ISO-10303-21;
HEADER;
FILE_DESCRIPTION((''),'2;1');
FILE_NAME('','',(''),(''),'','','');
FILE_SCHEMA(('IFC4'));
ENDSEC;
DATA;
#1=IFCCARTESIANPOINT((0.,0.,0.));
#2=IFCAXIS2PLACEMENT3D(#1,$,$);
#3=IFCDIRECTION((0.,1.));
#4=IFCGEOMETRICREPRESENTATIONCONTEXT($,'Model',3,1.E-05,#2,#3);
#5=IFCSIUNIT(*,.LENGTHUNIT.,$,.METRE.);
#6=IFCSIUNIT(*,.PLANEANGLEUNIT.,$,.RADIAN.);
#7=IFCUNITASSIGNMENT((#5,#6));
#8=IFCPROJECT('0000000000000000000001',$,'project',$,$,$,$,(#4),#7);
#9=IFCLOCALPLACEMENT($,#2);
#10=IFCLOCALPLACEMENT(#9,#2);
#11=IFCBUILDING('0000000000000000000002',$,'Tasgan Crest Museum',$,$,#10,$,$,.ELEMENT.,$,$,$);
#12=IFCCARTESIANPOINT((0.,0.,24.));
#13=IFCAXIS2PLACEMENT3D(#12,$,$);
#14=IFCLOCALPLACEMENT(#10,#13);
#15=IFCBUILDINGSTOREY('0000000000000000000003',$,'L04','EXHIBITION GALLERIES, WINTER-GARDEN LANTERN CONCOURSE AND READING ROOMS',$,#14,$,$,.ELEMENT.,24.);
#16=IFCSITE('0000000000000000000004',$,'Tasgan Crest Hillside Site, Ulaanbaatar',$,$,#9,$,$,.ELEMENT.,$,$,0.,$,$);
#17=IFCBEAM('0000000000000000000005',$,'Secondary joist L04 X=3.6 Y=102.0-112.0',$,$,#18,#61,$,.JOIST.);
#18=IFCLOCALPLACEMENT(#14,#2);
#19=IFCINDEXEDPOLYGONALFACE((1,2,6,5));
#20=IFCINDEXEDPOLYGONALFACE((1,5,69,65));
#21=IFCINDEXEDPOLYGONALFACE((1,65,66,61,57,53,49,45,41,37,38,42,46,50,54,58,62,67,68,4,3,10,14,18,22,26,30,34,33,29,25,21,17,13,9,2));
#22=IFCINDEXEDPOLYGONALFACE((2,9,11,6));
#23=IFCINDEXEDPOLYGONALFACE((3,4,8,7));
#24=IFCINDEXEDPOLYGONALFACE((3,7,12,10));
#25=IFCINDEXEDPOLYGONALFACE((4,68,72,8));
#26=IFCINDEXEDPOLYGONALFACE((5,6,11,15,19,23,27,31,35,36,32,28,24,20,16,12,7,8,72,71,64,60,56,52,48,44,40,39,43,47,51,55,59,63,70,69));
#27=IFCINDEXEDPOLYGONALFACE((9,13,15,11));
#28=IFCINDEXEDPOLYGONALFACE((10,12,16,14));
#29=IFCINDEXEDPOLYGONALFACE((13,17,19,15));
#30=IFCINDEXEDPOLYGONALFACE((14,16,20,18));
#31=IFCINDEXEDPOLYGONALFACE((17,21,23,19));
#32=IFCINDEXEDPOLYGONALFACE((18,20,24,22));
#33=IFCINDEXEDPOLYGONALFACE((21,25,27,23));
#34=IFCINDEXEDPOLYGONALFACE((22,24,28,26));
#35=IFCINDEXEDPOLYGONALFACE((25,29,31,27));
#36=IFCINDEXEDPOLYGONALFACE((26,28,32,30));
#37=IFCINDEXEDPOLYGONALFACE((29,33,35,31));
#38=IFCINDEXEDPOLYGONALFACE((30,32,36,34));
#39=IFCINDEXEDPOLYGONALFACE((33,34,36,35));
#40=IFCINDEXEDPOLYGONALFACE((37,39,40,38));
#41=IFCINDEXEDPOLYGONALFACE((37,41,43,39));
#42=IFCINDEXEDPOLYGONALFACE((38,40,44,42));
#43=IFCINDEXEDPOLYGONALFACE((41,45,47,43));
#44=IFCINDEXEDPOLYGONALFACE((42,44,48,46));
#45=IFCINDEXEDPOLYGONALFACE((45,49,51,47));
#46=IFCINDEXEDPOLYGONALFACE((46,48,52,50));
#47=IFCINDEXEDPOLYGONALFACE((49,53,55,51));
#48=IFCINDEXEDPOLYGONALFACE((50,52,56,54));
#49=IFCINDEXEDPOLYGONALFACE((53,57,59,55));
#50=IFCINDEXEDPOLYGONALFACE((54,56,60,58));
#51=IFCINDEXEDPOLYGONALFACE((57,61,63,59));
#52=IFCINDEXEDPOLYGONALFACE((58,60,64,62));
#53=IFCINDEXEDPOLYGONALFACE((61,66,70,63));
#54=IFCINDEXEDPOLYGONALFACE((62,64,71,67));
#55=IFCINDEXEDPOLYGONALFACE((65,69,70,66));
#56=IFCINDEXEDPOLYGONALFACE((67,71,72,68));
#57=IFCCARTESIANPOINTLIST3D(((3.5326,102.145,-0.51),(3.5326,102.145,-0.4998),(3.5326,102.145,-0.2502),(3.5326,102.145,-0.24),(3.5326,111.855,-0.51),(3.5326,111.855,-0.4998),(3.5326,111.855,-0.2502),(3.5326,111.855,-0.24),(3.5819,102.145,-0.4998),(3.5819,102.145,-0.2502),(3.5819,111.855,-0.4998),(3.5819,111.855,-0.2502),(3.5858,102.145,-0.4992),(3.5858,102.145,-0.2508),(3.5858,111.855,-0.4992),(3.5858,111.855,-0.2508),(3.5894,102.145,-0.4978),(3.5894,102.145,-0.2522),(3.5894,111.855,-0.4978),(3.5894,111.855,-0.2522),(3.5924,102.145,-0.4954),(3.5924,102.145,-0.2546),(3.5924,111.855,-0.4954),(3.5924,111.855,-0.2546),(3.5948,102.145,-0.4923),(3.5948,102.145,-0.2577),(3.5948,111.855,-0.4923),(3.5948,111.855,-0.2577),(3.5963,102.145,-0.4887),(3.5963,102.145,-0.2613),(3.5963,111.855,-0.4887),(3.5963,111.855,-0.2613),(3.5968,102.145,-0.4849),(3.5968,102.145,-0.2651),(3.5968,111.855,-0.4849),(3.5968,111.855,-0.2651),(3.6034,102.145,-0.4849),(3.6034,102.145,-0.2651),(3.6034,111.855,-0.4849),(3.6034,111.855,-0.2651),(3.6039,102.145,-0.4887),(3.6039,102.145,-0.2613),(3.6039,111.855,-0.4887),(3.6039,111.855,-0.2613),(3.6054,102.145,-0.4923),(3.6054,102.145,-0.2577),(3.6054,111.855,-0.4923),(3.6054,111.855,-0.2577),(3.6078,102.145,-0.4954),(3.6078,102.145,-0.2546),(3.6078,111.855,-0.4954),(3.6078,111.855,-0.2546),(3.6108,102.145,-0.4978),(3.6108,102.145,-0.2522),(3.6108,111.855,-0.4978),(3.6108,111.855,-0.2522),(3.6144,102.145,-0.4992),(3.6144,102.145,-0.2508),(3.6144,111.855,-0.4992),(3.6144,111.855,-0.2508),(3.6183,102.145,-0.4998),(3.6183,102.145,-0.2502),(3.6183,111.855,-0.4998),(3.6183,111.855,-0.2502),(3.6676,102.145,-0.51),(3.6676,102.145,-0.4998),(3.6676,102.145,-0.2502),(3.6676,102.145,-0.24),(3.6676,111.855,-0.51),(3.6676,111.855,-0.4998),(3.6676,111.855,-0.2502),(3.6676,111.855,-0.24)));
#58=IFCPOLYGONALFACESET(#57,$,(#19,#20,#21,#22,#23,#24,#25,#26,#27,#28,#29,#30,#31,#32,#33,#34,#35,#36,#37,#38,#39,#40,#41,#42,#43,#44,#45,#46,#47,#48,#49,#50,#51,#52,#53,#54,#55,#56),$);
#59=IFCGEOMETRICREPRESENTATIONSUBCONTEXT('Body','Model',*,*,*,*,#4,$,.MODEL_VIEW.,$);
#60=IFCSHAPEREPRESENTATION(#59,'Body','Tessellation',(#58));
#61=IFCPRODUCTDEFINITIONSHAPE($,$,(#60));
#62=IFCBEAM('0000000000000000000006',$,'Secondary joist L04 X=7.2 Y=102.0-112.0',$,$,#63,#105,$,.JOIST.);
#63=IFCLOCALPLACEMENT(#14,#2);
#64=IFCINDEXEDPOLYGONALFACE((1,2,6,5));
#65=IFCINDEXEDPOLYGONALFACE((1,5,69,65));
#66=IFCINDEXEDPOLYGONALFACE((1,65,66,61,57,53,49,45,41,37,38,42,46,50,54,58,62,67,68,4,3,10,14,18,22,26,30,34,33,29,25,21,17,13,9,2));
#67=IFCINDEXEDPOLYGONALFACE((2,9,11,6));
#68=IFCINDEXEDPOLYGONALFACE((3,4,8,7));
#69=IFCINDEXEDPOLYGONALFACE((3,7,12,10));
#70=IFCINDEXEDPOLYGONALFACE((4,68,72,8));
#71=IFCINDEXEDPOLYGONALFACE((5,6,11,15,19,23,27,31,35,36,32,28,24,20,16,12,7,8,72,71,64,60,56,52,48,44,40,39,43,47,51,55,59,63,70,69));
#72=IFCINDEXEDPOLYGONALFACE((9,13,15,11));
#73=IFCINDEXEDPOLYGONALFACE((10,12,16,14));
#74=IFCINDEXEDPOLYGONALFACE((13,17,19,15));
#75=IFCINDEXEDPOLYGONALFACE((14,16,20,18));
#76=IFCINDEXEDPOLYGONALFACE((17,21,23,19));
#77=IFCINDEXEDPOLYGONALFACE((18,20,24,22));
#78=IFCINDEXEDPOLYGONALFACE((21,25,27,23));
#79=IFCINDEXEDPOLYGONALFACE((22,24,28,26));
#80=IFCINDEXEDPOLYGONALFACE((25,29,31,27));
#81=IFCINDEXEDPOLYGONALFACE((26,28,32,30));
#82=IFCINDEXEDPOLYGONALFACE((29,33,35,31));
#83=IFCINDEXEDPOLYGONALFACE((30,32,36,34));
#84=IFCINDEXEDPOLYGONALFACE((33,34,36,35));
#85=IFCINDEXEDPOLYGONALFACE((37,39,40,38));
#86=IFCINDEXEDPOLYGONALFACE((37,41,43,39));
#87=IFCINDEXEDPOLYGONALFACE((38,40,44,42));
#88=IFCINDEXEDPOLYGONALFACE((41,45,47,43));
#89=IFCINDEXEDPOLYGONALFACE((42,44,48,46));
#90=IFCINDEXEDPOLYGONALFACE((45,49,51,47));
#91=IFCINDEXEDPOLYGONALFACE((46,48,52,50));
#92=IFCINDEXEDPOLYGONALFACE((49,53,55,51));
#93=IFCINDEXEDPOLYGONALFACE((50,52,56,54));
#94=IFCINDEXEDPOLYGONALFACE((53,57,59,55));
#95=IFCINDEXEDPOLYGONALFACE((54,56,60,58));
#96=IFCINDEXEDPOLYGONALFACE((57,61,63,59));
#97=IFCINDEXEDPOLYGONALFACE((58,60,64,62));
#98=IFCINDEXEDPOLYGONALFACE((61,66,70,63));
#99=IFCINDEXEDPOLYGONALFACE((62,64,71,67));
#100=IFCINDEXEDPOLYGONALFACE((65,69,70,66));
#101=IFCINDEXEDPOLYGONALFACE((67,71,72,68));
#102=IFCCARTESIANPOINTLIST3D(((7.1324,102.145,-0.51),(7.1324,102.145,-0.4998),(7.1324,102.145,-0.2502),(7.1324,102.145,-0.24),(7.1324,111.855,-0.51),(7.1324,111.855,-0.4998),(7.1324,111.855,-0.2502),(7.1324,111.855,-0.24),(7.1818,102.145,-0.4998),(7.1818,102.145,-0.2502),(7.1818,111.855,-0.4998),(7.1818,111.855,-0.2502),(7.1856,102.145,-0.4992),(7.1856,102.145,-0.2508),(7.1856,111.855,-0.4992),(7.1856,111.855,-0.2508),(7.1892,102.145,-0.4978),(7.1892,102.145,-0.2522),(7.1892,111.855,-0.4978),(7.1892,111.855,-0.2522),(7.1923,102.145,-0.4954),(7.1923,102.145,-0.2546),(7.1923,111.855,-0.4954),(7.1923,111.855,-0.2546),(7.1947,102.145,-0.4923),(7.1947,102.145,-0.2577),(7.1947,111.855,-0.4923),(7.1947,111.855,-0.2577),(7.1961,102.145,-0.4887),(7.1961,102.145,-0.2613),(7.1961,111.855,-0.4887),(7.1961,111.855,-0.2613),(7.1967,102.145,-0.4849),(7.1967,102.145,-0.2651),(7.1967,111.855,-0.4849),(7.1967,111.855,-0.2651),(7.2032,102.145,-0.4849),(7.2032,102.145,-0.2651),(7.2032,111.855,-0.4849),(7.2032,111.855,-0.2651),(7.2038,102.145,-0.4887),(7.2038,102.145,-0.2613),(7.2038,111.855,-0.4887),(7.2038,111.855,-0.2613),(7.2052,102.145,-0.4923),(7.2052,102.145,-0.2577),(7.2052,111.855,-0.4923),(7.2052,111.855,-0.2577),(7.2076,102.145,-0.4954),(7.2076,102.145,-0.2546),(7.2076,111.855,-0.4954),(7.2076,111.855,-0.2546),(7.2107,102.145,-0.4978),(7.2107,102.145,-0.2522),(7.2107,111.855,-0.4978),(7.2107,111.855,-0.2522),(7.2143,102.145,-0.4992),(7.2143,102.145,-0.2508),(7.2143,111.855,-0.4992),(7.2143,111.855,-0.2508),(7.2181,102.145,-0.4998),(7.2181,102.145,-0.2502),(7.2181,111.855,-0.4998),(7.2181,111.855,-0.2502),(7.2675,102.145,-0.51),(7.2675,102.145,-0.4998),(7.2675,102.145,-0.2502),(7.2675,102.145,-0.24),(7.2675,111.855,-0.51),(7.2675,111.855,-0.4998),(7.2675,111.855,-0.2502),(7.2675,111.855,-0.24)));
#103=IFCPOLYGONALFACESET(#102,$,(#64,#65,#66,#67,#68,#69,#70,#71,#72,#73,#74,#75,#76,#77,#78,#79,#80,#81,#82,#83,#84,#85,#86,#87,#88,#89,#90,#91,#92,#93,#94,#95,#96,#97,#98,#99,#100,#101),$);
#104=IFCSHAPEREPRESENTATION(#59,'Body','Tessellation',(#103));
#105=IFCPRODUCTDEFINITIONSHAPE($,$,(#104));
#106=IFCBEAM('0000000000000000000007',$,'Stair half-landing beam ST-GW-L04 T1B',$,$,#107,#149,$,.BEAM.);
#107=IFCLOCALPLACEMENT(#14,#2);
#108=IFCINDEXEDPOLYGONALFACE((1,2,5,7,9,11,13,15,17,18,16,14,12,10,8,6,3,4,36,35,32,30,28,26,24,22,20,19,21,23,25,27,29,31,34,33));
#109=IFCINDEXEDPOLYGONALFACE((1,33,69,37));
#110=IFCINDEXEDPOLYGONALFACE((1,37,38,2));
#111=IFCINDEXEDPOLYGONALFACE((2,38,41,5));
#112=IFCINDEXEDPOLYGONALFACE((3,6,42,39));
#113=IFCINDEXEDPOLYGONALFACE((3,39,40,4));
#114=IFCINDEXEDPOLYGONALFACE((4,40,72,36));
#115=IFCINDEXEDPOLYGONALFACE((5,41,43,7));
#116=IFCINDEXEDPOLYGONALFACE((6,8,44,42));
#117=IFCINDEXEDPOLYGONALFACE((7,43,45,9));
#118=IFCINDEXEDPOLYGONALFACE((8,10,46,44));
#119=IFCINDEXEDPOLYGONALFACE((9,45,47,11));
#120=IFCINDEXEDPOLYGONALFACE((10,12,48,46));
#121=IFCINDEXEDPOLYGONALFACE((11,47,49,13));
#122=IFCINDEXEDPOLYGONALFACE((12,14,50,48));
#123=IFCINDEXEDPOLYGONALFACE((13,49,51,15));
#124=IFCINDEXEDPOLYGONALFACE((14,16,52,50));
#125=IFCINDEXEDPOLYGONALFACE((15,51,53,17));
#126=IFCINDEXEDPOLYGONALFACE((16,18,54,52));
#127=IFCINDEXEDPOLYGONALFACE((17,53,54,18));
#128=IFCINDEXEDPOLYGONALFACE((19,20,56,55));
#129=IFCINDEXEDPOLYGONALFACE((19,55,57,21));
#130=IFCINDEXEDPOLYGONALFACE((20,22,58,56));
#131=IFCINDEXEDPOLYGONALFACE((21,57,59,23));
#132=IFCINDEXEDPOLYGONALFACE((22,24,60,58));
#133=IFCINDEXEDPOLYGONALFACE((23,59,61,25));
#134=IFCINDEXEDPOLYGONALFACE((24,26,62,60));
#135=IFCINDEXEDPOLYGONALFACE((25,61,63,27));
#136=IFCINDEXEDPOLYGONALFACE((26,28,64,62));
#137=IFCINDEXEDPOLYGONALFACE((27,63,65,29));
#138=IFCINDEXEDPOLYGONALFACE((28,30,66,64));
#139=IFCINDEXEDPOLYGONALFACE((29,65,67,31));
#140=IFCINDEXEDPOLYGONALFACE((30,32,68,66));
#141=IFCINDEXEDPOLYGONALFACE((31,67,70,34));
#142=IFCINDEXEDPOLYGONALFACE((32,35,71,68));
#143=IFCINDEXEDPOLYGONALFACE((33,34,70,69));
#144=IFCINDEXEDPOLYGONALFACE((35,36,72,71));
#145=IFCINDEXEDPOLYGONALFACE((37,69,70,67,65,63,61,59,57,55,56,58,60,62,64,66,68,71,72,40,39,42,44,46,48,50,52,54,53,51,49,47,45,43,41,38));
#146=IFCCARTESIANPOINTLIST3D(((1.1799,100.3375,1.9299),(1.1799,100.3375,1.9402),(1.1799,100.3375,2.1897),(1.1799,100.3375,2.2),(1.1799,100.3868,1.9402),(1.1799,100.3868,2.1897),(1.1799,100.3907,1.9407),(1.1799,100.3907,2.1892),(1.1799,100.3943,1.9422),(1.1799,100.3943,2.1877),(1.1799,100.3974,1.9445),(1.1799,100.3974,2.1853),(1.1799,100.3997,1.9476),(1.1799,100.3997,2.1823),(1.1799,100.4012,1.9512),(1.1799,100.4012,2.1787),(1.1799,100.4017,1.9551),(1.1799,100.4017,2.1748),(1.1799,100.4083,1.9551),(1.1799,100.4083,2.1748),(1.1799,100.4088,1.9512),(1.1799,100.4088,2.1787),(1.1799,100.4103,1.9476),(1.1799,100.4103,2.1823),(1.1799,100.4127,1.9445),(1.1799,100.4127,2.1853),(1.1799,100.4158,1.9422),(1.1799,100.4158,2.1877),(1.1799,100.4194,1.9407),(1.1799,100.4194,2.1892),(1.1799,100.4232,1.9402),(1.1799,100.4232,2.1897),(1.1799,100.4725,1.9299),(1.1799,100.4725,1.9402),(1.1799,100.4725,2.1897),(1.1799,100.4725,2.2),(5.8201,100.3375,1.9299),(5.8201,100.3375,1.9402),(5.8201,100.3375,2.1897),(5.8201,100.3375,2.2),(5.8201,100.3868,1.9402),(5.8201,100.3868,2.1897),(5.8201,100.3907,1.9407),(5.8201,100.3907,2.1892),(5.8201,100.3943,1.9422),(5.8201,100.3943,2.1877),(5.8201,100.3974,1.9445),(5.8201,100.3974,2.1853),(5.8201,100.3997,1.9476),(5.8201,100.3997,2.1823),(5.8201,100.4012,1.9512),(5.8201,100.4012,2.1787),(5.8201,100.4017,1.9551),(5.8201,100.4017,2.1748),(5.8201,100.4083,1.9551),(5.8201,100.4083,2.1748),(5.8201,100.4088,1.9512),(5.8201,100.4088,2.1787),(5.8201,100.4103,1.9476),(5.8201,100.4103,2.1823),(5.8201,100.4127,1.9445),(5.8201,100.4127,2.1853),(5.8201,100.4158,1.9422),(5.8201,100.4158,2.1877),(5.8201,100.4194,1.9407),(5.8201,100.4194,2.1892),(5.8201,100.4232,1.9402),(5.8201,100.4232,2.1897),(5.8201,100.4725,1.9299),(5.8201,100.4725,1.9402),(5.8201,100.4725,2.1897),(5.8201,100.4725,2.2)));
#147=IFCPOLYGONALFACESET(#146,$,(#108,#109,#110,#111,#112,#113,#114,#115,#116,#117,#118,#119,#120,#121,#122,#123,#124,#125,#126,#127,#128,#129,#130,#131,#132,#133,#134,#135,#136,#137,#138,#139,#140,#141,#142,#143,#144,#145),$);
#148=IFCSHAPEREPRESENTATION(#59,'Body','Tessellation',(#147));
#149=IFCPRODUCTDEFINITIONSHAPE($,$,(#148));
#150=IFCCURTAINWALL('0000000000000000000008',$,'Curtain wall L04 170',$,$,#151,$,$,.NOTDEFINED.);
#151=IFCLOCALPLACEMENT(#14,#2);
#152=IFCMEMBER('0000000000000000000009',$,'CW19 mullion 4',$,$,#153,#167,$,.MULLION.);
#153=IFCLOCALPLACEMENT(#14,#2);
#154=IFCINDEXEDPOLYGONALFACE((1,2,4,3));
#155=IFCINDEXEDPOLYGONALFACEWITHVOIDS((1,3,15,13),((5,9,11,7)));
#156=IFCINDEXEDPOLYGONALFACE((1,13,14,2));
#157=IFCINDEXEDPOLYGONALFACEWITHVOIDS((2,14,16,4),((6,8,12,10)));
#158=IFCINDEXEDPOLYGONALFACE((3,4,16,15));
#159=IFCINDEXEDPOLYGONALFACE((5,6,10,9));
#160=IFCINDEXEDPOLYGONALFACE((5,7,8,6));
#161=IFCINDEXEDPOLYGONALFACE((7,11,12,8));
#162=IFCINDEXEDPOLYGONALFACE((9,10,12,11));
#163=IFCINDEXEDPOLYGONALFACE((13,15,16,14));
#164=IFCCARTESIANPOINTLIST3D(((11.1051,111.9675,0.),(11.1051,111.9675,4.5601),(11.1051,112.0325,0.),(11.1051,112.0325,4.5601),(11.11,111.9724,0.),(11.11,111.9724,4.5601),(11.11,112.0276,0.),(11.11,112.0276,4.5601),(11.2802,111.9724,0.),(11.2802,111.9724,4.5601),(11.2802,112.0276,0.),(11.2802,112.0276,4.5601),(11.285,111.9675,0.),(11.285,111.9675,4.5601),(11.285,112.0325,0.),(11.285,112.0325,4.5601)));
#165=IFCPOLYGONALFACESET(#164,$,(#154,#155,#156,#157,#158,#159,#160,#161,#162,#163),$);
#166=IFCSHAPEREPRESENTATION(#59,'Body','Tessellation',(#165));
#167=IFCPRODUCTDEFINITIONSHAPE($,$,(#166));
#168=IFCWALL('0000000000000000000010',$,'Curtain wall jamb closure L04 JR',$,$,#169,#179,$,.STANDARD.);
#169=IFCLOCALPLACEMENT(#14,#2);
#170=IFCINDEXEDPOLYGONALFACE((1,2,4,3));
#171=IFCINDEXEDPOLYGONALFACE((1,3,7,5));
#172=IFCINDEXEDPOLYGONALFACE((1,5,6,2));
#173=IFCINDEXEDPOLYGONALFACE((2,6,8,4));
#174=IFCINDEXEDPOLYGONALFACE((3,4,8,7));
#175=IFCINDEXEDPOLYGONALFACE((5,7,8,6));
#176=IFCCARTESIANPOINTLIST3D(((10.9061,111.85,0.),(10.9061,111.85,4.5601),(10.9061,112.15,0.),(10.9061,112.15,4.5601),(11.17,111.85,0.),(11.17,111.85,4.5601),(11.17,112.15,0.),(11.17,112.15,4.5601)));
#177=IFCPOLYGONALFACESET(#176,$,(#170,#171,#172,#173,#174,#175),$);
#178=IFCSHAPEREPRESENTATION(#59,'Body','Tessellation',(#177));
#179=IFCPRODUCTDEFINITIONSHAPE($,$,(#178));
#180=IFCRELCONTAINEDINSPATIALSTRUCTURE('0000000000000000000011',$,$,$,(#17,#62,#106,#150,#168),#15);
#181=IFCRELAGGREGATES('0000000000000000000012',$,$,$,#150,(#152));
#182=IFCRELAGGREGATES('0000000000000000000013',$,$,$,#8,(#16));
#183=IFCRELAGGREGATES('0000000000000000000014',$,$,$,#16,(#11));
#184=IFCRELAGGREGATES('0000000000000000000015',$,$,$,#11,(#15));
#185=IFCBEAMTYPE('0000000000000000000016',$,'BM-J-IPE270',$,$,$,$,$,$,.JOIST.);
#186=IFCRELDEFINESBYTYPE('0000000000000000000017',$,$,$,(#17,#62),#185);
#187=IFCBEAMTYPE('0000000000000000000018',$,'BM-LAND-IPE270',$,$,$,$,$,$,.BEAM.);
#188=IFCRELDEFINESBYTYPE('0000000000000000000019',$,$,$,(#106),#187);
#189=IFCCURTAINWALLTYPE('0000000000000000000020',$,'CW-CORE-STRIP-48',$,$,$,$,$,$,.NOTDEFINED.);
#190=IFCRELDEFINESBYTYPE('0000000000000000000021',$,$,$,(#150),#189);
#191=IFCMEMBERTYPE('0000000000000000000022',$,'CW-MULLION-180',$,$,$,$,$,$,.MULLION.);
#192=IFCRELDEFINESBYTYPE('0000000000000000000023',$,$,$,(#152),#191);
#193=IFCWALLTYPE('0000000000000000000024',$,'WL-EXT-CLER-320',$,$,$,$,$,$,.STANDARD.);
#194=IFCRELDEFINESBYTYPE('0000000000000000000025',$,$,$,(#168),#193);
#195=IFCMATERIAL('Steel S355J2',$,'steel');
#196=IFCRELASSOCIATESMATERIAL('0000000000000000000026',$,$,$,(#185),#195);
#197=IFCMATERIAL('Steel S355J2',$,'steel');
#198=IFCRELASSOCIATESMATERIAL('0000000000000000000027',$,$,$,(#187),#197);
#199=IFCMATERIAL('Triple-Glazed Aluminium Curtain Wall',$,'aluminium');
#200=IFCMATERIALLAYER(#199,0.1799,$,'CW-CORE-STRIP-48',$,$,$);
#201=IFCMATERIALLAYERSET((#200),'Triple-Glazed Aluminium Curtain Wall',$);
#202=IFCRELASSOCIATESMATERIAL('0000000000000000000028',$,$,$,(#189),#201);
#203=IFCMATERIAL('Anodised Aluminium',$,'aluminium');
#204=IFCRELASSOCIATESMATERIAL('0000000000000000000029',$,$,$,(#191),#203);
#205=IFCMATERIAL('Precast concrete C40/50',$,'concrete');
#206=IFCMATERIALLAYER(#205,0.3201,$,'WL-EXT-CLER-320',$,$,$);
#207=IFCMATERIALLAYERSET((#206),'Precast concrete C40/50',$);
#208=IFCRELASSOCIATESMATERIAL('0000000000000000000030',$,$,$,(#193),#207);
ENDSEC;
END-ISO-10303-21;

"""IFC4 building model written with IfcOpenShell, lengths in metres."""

from ifc_helpers import new_model, si_unit, direction, frame, frame_2d, origin, origin_2d, place, context, subcontext, project, spatial, rectangle, hollow_rectangle, i_section, extrude, material, layer, layer_set, material_profile, profile_set, type_object, element, aggregate, save


model = new_model("IFC4")

# Units and contexts
model_context = context("Model", 3, precision=1e-05, world=origin(), true_north=direction((0.0, 1.0)))
body_context = subcontext(model_context, "Body", "Model", "MODEL_VIEW")
ifc_project = project(units=[si_unit("LENGTHUNIT", "METRE"), si_unit("PLANEANGLEUNIT", "RADIAN")], contexts=[model_context])

# Site, building, storey
site_placement = place(None, origin())
site = spatial("IfcSite", under=ifc_project, at=site_placement, Name="Tasgan Crest Hillside Site, Ulaanbaatar", CompositionType="ELEMENT", RefElevation=0.0)
building_placement = place(site_placement, origin())
building = spatial("IfcBuilding", under=site, at=building_placement, Name="Tasgan Crest Museum", CompositionType="ELEMENT")
storey_placement = place(building_placement, frame((0.0, 0.0, 24.0)))
storey = spatial("IfcBuildingStorey", under=building, at=storey_placement, Name="L04", Description="EXHIBITION GALLERIES, WINTER-GARDEN LANTERN CONCOURSE AND READING ROOMS", CompositionType="ELEMENT", Elevation=24.0)

# Beams
ifc_material_1 = material(Name="Steel S355J2", Category="steel")
ifc_material_profile_1 = material_profile(ifc_material_1, i_section(OverallWidth=0.135, OverallDepth=0.27, WebThickness=0.0066, FlangeThickness=0.0103, FilletRadius=0.0149, at=origin_2d()), Name="IPE 270")
ifc_profile_set_1 = profile_set([ifc_material_profile_1], Name="Steel S355J2")
beam_type_1 = type_object("IfcBeamType", Name="BM-J-IPE270", PredefinedType="JOIST", material=ifc_profile_set_1)
for number, where, z_axis, x_axis, name in (
    (1, (3.6001, 102.145, -0.375), (0.0, 1.0, 0.0), (-1.0, 0.0, 0.0), "Secondary joist L04 X=3.6 Y=102.0-112.0"),
    (2, (7.2, 102.145, -0.375), (0.0, 1.0, 0.0), (-1.0, 0.0, 0.0), "Secondary joist L04 X=7.2 Y=102.0-112.0"),
):
    element("IfcBeam", number, at=place(storey_placement, frame(where, z_axis=z_axis, x_axis=x_axis)), inside=storey, type_object=beam_type_1, Name=name, PredefinedType="JOIST", context=body_context, shape_type="SweptSolid", body=[
        extrude(i_section(OverallWidth=0.135, OverallDepth=0.27, WebThickness=0.0066, FlangeThickness=0.0103, FilletRadius=0.0149, at=origin_2d()), origin(), (0.0, 0.0, 1.0), 9.71),
    ])
ifc_material_2 = material(Name="Steel S355J2", Category="steel")
ifc_material_profile_2 = material_profile(ifc_material_2, i_section(OverallWidth=0.135, OverallDepth=0.27, WebThickness=0.0066, FlangeThickness=0.0103, FilletRadius=0.0149, at=origin_2d()), Name="IPE 270")
ifc_profile_set_2 = profile_set([ifc_material_profile_2], Name="Steel S355J2")
beam_type_2 = type_object("IfcBeamType", Name="BM-LAND-IPE270", PredefinedType="BEAM", material=ifc_profile_set_2)
beam_placement = place(storey_placement, frame((1.1799, 100.405, 2.0649), z_axis=(1.0, 0.0, 0.0), x_axis=(0.0, 1.0, 0.0)))
element("IfcBeam", 3, at=beam_placement, inside=storey, type_object=beam_type_2, Name="Stair half-landing beam ST-GW-L04 T1B", PredefinedType="BEAM", context=body_context, shape_type="SweptSolid", body=[
    extrude(i_section(OverallWidth=0.135, OverallDepth=0.27, WebThickness=0.0066, FlangeThickness=0.0103, FilletRadius=0.0149, at=origin_2d()), origin(), (0.0, 0.0, 1.0), 4.6401),
])

# Curtain wall, member
ifc_material_3 = material(Name="Triple-Glazed Aluminium Curtain Wall", Category="aluminium")
ifc_layer_1 = layer(ifc_material_3, 0.1799, Name="CW-CORE-STRIP-48")
ifc_layer_set_1 = layer_set([ifc_layer_1], Name="Triple-Glazed Aluminium Curtain Wall")
curtain_wall_type = type_object("IfcCurtainWallType", Name="CW-CORE-STRIP-48", PredefinedType="NOTDEFINED", material=ifc_layer_set_1)
curtain_wall_placement = place(storey_placement, origin())
curtain_wall = element("IfcCurtainWall", 4, at=curtain_wall_placement, inside=storey, type_object=curtain_wall_type, Name="Curtain wall L04 170", PredefinedType="NOTDEFINED")
ifc_material_4 = material(Name="Anodised Aluminium", Category="aluminium")
ifc_material_profile_3 = material_profile(ifc_material_4, hollow_rectangle(XDim=0.0649, YDim=0.1799, WallThickness=0.0049, at=origin_2d()), Name="ALU MULLION 180x65x5")
ifc_profile_set_3 = profile_set([ifc_material_profile_3], Name="Anodised Aluminium")
member_type = type_object("IfcMemberType", Name="CW-MULLION-180", PredefinedType="MULLION", material=ifc_profile_set_3)
member_placement = place(storey_placement, frame((11.1951, 112.0, 0.0), z_axis=(0.0, 0.0, 1.0), x_axis=(0.0, -1.0, 0.0)))
member = element("IfcMember", 5, at=member_placement, type_object=member_type, Name="CW19 mullion 4", PredefinedType="MULLION", context=body_context, shape_type="SweptSolid", body=[
    extrude(hollow_rectangle(XDim=0.0649, YDim=0.1799, WallThickness=0.0049, at=origin_2d()), origin(), (0.0, 0.0, 1.0), 4.5601),
])
aggregate(curtain_wall, [member])

# Wall
ifc_material_5 = material(Name="Precast concrete C40/50", Category="concrete")
ifc_layer_2 = layer(ifc_material_5, 0.3201, Name="WL-EXT-CLER-320")
ifc_layer_set_2 = layer_set([ifc_layer_2], Name="Precast concrete C40/50")
wall_type_1 = type_object("IfcWallType", Name="WL-EXT-CLER-320", PredefinedType="STANDARD", material=ifc_layer_set_2)
wall_1_placement = place(storey_placement, frame((11.1699, 112.0, 0.0), z_axis=(0.0, 0.0, 1.0), x_axis=(-1.0, 0.0, 0.0)))
element("IfcWall", 6, at=wall_1_placement, inside=storey, type_object=wall_type_1, Name="Curtain wall jamb closure L04 JR", PredefinedType="STANDARD", context=body_context, shape_type="SweptSolid", body=[
    extrude(rectangle(XDim=0.2639, YDim=0.3, at=frame_2d((0.1318, 0.0))), origin(), (0.0, 0.0, 1.0), 4.5601),
])

save(model, "model.ifc")
